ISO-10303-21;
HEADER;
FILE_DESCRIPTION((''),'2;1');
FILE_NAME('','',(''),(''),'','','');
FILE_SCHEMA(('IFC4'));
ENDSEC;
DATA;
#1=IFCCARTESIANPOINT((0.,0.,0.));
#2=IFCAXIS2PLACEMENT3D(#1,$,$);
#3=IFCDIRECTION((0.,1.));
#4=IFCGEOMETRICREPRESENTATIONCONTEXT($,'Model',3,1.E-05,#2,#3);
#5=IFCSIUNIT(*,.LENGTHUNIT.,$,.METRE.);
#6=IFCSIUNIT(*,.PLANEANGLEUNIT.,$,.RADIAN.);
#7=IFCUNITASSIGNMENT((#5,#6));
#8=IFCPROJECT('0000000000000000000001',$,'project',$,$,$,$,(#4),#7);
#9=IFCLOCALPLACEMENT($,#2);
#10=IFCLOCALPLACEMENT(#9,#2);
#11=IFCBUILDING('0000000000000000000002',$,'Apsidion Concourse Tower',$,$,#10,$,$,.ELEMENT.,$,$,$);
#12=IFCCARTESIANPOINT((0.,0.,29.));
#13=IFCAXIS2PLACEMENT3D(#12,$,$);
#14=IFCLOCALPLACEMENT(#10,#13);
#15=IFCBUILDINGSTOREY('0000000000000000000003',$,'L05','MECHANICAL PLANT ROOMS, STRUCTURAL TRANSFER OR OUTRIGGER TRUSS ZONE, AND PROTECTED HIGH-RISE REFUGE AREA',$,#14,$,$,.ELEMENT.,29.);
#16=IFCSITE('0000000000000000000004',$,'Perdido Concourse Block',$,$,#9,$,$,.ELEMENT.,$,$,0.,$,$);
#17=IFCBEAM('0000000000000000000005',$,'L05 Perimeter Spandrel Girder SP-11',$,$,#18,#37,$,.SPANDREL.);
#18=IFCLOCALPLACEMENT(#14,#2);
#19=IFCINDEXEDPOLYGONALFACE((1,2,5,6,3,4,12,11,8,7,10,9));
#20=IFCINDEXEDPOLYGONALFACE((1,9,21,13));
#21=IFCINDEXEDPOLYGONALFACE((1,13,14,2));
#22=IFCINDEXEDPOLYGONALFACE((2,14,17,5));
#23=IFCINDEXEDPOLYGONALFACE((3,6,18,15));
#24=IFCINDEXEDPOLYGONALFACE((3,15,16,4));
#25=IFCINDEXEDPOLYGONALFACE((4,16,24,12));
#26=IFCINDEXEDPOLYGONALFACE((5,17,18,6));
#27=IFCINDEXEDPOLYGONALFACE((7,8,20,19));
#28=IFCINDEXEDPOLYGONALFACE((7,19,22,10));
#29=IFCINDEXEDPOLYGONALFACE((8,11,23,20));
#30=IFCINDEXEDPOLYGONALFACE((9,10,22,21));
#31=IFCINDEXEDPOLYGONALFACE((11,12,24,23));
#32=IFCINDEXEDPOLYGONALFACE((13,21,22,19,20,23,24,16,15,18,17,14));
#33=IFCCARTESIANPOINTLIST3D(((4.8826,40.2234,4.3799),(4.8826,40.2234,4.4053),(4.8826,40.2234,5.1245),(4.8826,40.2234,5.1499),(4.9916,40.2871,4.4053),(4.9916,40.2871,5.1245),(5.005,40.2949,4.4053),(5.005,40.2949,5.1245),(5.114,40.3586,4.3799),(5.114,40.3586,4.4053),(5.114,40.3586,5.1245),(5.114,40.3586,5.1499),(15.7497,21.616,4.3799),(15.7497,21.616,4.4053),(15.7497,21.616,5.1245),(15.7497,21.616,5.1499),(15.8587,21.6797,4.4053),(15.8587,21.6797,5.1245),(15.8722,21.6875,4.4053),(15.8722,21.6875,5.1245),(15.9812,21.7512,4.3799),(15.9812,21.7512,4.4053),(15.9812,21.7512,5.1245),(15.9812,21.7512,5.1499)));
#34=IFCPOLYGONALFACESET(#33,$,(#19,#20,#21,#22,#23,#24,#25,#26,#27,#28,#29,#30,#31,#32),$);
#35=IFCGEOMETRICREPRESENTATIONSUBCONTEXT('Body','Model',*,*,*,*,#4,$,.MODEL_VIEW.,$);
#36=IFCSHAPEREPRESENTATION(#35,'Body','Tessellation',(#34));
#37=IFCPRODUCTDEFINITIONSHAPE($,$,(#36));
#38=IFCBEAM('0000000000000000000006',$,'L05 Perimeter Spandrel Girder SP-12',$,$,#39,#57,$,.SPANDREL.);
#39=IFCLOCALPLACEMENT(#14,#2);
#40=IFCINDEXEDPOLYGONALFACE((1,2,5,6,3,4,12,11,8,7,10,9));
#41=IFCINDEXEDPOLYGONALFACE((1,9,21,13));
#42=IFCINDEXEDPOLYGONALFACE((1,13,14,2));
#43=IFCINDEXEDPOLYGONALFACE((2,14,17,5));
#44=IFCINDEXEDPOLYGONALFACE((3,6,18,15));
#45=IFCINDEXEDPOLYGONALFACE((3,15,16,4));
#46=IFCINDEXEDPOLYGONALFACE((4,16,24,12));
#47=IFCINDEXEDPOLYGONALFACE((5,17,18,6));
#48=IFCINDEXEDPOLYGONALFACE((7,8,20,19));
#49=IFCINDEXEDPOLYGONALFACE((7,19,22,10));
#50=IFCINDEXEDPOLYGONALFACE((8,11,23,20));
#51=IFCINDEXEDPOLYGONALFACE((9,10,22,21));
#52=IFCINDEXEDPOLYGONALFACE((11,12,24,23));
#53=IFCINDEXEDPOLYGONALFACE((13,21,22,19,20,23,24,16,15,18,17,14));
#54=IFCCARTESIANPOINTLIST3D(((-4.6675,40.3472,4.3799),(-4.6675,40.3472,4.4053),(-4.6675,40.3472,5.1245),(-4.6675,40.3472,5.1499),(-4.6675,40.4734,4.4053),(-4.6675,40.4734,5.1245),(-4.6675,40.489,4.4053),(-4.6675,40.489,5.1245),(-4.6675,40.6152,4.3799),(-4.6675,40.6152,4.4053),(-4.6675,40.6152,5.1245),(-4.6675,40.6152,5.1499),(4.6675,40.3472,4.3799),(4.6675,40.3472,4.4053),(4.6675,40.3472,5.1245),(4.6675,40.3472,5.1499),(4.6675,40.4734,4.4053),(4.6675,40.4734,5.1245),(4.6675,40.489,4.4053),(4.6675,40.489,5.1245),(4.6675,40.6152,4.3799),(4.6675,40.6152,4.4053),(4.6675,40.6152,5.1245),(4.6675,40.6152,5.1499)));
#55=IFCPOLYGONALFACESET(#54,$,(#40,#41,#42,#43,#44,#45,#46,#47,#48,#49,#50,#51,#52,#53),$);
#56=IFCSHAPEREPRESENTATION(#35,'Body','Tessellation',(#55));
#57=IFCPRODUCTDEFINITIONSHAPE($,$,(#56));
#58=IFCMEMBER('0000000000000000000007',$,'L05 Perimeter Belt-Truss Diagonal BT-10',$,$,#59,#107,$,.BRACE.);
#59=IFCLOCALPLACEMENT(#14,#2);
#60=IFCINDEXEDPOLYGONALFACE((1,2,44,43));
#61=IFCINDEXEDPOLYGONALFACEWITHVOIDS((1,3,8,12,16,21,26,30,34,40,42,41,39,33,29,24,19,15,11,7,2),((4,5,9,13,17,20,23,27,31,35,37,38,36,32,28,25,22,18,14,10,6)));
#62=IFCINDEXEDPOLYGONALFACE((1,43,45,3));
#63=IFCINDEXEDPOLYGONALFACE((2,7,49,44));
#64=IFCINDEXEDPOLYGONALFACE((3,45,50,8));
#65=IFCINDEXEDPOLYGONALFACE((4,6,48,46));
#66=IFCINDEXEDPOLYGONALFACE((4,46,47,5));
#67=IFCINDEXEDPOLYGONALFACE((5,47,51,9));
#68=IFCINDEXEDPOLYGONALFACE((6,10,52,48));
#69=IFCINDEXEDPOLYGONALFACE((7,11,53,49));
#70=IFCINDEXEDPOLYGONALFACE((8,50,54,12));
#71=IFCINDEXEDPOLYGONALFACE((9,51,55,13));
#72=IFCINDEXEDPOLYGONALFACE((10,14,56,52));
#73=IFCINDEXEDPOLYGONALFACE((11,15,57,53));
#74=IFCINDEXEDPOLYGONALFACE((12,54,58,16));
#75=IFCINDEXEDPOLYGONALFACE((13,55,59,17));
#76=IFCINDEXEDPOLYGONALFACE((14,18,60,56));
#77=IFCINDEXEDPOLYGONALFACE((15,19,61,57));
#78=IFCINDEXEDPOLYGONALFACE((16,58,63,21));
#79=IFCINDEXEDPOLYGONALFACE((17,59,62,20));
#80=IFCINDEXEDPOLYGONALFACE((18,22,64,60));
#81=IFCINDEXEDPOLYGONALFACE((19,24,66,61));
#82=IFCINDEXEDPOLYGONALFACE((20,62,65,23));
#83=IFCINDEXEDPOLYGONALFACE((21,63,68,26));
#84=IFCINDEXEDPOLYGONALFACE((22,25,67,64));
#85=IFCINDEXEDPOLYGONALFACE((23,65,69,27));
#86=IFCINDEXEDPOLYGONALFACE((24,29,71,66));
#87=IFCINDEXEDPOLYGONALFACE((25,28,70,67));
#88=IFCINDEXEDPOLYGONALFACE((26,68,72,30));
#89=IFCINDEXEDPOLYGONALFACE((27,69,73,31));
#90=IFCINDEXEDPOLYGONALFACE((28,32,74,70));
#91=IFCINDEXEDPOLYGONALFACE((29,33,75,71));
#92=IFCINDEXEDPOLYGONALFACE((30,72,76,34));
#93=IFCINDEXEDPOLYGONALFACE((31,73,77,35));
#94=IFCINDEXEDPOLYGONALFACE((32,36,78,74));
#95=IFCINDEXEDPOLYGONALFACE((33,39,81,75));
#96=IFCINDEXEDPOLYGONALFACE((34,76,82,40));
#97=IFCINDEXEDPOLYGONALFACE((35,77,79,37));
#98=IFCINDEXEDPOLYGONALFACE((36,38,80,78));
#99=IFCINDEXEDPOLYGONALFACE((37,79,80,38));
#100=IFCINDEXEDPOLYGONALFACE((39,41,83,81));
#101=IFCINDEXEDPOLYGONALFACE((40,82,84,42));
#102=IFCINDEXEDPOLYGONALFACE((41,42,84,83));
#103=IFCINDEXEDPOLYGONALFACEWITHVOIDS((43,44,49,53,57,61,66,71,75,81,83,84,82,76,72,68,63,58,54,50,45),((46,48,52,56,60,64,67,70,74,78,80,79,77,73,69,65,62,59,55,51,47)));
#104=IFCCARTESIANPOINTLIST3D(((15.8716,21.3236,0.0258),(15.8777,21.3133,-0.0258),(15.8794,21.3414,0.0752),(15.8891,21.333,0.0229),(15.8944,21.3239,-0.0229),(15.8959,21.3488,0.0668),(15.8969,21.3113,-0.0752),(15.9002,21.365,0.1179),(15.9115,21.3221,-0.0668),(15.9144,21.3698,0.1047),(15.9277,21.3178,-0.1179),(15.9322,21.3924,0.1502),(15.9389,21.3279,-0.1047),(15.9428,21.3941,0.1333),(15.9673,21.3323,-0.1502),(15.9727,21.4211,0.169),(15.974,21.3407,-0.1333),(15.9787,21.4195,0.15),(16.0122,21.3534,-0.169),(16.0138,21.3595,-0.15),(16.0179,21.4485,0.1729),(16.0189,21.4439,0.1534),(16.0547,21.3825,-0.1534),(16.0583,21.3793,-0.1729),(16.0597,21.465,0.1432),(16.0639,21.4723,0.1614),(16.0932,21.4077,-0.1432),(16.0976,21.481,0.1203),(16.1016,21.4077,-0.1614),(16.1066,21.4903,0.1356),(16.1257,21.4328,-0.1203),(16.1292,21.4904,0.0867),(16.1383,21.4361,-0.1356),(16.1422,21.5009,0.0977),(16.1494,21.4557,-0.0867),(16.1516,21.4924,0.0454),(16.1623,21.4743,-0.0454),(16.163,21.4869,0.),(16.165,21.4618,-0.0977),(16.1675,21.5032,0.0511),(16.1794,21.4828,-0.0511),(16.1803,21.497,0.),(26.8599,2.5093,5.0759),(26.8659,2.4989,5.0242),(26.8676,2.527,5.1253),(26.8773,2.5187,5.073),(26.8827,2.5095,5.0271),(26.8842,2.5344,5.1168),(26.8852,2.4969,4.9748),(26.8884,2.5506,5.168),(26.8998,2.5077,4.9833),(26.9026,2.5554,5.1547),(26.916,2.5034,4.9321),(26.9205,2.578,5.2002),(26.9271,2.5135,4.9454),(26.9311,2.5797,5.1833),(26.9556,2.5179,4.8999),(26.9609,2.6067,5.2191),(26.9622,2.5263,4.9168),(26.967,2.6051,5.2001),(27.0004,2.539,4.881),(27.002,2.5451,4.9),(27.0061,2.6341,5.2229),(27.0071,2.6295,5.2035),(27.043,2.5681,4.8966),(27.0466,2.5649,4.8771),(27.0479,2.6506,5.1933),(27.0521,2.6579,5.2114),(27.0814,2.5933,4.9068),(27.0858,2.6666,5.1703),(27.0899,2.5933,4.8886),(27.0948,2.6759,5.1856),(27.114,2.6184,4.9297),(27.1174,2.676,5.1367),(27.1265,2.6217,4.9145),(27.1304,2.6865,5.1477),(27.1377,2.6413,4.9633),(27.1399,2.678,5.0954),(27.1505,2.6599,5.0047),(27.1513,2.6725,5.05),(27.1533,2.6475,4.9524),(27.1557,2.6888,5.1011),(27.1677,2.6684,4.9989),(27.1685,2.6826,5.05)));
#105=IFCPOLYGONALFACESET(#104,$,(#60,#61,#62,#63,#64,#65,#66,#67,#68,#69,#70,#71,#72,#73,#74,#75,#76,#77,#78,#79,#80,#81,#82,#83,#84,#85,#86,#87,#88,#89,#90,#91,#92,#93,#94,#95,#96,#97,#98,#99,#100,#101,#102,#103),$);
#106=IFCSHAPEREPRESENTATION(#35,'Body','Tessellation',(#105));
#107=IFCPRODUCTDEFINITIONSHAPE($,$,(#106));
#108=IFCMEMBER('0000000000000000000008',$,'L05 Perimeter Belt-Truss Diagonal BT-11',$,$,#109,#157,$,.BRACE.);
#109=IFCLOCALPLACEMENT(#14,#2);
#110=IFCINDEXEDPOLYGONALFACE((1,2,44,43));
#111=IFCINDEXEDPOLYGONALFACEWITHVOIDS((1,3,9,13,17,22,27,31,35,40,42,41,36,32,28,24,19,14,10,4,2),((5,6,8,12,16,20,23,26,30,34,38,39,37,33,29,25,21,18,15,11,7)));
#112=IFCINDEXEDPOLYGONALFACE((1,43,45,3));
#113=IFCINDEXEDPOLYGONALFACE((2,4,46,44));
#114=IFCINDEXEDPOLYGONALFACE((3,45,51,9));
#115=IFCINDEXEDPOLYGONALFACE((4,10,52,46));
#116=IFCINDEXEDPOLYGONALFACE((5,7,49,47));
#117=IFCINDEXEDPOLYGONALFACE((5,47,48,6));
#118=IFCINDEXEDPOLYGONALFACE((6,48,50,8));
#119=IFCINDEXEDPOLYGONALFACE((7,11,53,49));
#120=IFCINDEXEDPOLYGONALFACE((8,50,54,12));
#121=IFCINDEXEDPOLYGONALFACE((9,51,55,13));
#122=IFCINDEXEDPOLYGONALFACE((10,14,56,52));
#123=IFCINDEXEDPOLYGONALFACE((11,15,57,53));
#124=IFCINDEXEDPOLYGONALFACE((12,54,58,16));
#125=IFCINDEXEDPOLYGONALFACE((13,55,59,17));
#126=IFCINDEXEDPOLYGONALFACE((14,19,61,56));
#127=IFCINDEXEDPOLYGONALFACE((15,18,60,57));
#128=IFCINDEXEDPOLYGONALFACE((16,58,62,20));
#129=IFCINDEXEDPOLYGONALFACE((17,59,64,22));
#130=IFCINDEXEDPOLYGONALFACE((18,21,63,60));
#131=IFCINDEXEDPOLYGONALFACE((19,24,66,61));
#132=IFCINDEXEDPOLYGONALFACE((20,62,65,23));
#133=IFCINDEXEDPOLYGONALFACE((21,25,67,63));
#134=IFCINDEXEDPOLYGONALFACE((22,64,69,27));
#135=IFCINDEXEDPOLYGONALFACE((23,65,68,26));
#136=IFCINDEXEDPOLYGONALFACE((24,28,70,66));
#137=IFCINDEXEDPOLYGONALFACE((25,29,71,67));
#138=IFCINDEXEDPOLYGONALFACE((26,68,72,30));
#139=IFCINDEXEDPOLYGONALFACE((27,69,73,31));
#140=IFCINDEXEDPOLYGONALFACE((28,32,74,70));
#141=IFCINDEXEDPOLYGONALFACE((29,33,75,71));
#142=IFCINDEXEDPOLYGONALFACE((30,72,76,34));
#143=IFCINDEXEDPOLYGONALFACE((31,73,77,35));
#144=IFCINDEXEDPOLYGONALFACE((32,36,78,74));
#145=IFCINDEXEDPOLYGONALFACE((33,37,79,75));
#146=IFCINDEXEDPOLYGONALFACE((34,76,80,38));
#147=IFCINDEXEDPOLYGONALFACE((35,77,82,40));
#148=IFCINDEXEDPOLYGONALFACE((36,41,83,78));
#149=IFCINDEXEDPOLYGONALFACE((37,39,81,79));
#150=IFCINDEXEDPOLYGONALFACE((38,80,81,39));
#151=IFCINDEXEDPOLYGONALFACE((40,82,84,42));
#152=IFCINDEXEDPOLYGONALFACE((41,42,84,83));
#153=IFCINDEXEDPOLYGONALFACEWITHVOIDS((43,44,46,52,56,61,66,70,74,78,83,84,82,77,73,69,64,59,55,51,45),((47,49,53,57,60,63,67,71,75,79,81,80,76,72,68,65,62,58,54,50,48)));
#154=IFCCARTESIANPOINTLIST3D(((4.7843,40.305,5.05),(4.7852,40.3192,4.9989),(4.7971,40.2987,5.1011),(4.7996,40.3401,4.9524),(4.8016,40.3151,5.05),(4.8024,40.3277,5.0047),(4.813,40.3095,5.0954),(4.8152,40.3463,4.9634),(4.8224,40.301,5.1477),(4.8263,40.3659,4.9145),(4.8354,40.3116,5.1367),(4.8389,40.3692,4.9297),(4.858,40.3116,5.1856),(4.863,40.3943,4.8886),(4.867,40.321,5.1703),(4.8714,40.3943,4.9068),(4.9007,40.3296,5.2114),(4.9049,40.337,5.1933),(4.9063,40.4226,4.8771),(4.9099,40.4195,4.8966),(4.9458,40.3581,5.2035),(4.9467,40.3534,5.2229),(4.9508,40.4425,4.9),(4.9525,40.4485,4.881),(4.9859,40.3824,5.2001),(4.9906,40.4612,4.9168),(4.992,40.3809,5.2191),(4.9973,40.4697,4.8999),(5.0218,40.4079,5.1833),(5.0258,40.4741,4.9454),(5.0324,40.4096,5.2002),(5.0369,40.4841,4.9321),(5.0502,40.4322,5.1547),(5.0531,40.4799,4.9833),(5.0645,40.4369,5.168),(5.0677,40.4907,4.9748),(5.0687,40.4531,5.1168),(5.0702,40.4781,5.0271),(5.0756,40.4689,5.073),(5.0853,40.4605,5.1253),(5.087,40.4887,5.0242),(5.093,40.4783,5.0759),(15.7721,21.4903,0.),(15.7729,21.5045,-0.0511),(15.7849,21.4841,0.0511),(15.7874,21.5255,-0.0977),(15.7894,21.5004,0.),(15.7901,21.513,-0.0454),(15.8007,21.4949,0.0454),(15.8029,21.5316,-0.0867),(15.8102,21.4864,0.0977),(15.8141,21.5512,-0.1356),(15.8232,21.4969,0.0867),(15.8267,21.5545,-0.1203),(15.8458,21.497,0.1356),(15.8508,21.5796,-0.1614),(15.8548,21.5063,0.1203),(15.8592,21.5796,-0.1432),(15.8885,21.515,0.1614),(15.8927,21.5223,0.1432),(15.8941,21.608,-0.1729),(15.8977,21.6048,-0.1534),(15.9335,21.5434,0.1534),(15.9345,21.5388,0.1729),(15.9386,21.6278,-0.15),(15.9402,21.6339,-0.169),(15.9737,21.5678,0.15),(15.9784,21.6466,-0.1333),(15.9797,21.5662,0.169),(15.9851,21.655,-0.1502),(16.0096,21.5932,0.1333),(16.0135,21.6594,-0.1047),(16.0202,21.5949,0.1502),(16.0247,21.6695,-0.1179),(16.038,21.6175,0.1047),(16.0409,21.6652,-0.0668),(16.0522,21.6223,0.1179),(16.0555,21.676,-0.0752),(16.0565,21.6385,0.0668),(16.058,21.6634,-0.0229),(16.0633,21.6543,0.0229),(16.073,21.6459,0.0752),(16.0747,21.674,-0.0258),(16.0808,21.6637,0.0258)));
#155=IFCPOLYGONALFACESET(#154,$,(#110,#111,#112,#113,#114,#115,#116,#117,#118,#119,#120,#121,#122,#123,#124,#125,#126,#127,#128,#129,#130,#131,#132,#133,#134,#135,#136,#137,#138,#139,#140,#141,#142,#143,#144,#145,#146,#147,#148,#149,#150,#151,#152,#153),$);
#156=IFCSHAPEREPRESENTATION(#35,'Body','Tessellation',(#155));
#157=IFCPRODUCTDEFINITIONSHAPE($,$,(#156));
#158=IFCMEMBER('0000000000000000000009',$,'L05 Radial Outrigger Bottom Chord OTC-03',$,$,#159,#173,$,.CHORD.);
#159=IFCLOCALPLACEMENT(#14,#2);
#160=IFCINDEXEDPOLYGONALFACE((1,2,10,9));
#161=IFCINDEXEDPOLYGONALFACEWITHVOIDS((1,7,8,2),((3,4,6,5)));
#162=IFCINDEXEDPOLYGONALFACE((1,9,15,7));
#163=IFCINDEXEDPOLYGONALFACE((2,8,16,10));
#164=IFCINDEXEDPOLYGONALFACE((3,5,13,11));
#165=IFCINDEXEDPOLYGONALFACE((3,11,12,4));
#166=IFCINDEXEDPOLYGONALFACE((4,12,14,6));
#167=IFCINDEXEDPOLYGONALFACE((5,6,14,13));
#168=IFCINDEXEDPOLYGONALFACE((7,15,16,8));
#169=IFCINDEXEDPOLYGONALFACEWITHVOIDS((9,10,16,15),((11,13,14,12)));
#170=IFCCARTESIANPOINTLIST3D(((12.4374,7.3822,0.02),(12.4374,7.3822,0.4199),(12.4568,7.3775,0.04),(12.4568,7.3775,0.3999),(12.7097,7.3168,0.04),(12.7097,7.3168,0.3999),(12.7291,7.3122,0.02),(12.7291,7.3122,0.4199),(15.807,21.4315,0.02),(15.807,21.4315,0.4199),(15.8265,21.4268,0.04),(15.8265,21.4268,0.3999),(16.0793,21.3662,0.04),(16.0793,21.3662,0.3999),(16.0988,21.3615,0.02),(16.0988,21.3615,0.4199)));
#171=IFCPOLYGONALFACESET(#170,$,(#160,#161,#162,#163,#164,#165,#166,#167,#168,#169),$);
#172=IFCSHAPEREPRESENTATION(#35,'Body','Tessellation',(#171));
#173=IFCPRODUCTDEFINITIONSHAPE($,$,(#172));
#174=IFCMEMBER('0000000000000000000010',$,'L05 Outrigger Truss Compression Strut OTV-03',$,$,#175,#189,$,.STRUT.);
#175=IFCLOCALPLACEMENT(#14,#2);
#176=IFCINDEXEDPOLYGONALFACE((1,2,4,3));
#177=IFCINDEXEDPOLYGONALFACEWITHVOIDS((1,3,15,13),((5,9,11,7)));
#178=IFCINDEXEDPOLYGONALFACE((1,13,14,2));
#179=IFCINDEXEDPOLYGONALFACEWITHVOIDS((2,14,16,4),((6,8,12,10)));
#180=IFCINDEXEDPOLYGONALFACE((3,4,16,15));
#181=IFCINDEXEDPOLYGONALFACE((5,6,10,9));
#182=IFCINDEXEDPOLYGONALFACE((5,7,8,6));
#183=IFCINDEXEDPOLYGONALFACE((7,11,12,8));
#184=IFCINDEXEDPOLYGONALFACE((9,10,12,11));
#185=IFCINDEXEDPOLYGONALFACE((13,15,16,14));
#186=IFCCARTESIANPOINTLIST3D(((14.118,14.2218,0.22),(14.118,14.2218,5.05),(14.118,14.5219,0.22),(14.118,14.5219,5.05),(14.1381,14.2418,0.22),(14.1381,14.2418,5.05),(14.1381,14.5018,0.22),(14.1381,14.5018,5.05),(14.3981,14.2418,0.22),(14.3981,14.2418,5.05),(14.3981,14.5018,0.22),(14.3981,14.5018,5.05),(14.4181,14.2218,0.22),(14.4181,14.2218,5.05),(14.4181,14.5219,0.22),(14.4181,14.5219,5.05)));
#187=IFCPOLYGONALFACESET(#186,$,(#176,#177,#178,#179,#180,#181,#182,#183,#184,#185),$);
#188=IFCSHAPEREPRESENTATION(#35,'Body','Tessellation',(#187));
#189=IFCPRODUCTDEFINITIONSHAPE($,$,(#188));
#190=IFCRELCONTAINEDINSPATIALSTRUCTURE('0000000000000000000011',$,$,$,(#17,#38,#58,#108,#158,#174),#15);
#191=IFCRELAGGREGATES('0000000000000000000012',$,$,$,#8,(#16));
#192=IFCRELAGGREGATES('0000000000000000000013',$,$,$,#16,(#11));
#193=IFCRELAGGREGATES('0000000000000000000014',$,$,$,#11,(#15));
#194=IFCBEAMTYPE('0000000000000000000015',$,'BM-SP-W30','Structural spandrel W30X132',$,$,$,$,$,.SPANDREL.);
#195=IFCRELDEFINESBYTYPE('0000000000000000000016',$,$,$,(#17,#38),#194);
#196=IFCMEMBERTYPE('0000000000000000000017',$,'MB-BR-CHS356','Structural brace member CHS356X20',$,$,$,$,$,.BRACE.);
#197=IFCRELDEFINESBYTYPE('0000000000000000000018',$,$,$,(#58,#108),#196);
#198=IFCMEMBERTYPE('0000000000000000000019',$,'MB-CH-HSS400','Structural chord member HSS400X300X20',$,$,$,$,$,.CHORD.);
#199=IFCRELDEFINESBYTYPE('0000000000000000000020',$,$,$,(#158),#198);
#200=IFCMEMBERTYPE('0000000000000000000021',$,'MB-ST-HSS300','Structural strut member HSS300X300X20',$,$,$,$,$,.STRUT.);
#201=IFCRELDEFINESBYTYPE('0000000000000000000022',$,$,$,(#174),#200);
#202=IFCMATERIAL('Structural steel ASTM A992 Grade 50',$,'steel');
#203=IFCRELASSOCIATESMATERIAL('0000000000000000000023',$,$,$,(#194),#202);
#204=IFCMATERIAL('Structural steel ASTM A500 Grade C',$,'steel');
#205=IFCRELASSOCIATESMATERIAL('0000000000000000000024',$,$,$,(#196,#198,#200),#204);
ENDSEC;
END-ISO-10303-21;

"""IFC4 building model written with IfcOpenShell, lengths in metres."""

from ifc_helpers import new_model, si_unit, direction, frame, origin, origin_2d, place, context, subcontext, project, spatial, hollow_rectangle, hollow_circle, i_section, extrude, material, material_profile, profile_set, type_object, element, save


model = new_model("IFC4")

# Units and contexts
model_context = context("Model", 3, precision=1e-05, world=origin(), true_north=direction((0.0, 1.0)))
body_context = subcontext(model_context, "Body", "Model", "MODEL_VIEW")
ifc_project = project(units=[si_unit("LENGTHUNIT", "METRE"), si_unit("PLANEANGLEUNIT", "RADIAN")], contexts=[model_context])

# Site, building, storey
site_placement = place(None, origin())
site = spatial("IfcSite", under=ifc_project, at=site_placement, Name="Perdido Concourse Block", CompositionType="ELEMENT", RefElevation=0.0)
building_placement = place(site_placement, origin())
building = spatial("IfcBuilding", under=site, at=building_placement, Name="Apsidion Concourse Tower", CompositionType="ELEMENT")
storey_placement = place(building_placement, frame((0.0, 0.0, 29.0)))
storey = spatial("IfcBuildingStorey", under=building, at=storey_placement, Name="L05", Description="MECHANICAL PLANT ROOMS, STRUCTURAL TRANSFER OR OUTRIGGER TRUSS ZONE, AND PROTECTED HIGH-RISE REFUGE AREA", CompositionType="ELEMENT", Elevation=29.0)

# Beams
ifc_material_1 = material(Name="Structural steel ASTM A992 Grade 50", Category="steel")
ifc_material_profile_1 = material_profile(ifc_material_1, i_section(OverallWidth=0.2681, OverallDepth=0.77, WebThickness=0.0156, FlangeThickness=0.0254, at=origin_2d()), Name="W30X132")
ifc_profile_set_1 = profile_set([ifc_material_profile_1], Name="Structural steel ASTM A992 Grade 50")
beam_type_1 = type_object("IfcBeamType", Name="BM-SP-W30", Description="Structural spandrel W30X132", PredefinedType="SPANDREL", material=ifc_profile_set_1)
beam_1_placement = place(storey_placement, frame((15.8655, 21.6836, 4.7649), z_axis=(-0.504316, 0.863519, 0.0), x_axis=(-0.863519, -0.504316, 0.0)))
element("IfcBeam", 1, at=beam_1_placement, inside=storey, type_object=beam_type_1, Name="L05 Perimeter Spandrel Girder SP-11", PredefinedType="SPANDREL", context=body_context, shape_type="SweptSolid", body=[
    extrude(i_section(OverallWidth=0.2681, OverallDepth=0.77, WebThickness=0.0156, FlangeThickness=0.0254, at=origin_2d()), origin(), (0.0, 0.0, 1.0), 21.5483),
])
beam_2_placement = place(storey_placement, frame((4.6675, 40.4812, 4.7649), z_axis=(-1.0, 0.0, 0.0), x_axis=(0.0, -1.0, 0.0)))
element("IfcBeam", 2, at=beam_2_placement, inside=storey, type_object=beam_type_1, Name="L05 Perimeter Spandrel Girder SP-12", PredefinedType="SPANDREL", context=body_context, shape_type="SweptSolid", body=[
    extrude(i_section(OverallWidth=0.2681, OverallDepth=0.77, WebThickness=0.0156, FlangeThickness=0.0254, at=origin_2d()), origin(), (0.0, 0.0, 1.0), 9.335),
])

# Members
ifc_material_2 = material(Name="Structural steel ASTM A500 Grade C", Category="steel")
ifc_material_profile_2 = material_profile(ifc_material_2, hollow_circle(Radius=0.178, WallThickness=0.02, at=origin_2d()), Name="CHS356X20")
ifc_profile_set_2 = profile_set([ifc_material_profile_2], Name="Structural steel ASTM A500 Grade C")
member_type_1 = type_object("IfcMemberType", Name="MB-BR-CHS356", Description="Structural brace member CHS356X20", PredefinedType="BRACE", material=ifc_profile_set_2)
for number, where, z_axis, x_axis, name in (
    (3, (16.0266, 21.4072, 0.0), (0.491298, -0.841215, 0.225793), (0.863515, 0.504322, 0.0), "L05 Perimeter Belt-Truss Diagonal BT-10"),
    (4, (15.9258, 21.5801, 0.0), (-0.491277, 0.841228, 0.225794), (-0.863528, -0.504301, 0.0), "L05 Perimeter Belt-Truss Diagonal BT-11"),
):
    element("IfcMember", number, at=place(storey_placement, frame(where, z_axis=z_axis, x_axis=x_axis)), inside=storey, type_object=member_type_1, Name=name, PredefinedType="BRACE", context=body_context, shape_type="SweptSolid", body=[
        extrude(hollow_circle(Radius=0.178, WallThickness=0.02, at=origin_2d()), origin(), (0.0, 0.0, 1.0), 22.3657),
    ])
ifc_material_profile_3 = material_profile(ifc_material_2, hollow_rectangle(XDim=0.3, YDim=0.3999, WallThickness=0.02, at=origin_2d()), Name="HSS400X300X20")
ifc_profile_set_3 = profile_set([ifc_material_profile_3], Name="Structural steel ASTM A500 Grade C")
member_type_2 = type_object("IfcMemberType", Name="MB-CH-HSS400", Description="Structural chord member HSS400X300X20", PredefinedType="CHORD", material=ifc_profile_set_3)
member_1_placement = place(storey_placement, frame((12.5833, 7.3472, 0.22), z_axis=(0.233229, 0.972422, 0.0), x_axis=(-0.972422, 0.233229, 0.0)))
element("IfcMember", 5, at=member_1_placement, inside=storey, type_object=member_type_2, Name="L05 Radial Outrigger Bottom Chord OTC-03", PredefinedType="CHORD", context=body_context, shape_type="SweptSolid", body=[
    extrude(hollow_rectangle(XDim=0.3, YDim=0.3999, WallThickness=0.02, at=origin_2d()), origin(), (0.0, 0.0, 1.0), 14.4478),
])
ifc_material_profile_4 = material_profile(ifc_material_2, hollow_rectangle(XDim=0.3, YDim=0.3, WallThickness=0.02, at=origin_2d()), Name="HSS300X300X20")
ifc_profile_set_4 = profile_set([ifc_material_profile_4], Name="Structural steel ASTM A500 Grade C")
member_type_3 = type_object("IfcMemberType", Name="MB-ST-HSS300", Description="Structural strut member HSS300X300X20", PredefinedType="STRUT", material=ifc_profile_set_4)
member_2_placement = place(storey_placement, frame((14.2681, 14.3718, 0.22), z_axis=(0.0, 0.0, 1.0), x_axis=(1.0, 0.0, 0.0)))
element("IfcMember", 6, at=member_2_placement, inside=storey, type_object=member_type_3, Name="L05 Outrigger Truss Compression Strut OTV-03", PredefinedType="STRUT", context=body_context, shape_type="SweptSolid", body=[
    extrude(hollow_rectangle(XDim=0.3, YDim=0.3, WallThickness=0.02, at=origin_2d()), origin(), (0.0, 0.0, 1.0), 4.8301),
])

save(model, "model.ifc")
